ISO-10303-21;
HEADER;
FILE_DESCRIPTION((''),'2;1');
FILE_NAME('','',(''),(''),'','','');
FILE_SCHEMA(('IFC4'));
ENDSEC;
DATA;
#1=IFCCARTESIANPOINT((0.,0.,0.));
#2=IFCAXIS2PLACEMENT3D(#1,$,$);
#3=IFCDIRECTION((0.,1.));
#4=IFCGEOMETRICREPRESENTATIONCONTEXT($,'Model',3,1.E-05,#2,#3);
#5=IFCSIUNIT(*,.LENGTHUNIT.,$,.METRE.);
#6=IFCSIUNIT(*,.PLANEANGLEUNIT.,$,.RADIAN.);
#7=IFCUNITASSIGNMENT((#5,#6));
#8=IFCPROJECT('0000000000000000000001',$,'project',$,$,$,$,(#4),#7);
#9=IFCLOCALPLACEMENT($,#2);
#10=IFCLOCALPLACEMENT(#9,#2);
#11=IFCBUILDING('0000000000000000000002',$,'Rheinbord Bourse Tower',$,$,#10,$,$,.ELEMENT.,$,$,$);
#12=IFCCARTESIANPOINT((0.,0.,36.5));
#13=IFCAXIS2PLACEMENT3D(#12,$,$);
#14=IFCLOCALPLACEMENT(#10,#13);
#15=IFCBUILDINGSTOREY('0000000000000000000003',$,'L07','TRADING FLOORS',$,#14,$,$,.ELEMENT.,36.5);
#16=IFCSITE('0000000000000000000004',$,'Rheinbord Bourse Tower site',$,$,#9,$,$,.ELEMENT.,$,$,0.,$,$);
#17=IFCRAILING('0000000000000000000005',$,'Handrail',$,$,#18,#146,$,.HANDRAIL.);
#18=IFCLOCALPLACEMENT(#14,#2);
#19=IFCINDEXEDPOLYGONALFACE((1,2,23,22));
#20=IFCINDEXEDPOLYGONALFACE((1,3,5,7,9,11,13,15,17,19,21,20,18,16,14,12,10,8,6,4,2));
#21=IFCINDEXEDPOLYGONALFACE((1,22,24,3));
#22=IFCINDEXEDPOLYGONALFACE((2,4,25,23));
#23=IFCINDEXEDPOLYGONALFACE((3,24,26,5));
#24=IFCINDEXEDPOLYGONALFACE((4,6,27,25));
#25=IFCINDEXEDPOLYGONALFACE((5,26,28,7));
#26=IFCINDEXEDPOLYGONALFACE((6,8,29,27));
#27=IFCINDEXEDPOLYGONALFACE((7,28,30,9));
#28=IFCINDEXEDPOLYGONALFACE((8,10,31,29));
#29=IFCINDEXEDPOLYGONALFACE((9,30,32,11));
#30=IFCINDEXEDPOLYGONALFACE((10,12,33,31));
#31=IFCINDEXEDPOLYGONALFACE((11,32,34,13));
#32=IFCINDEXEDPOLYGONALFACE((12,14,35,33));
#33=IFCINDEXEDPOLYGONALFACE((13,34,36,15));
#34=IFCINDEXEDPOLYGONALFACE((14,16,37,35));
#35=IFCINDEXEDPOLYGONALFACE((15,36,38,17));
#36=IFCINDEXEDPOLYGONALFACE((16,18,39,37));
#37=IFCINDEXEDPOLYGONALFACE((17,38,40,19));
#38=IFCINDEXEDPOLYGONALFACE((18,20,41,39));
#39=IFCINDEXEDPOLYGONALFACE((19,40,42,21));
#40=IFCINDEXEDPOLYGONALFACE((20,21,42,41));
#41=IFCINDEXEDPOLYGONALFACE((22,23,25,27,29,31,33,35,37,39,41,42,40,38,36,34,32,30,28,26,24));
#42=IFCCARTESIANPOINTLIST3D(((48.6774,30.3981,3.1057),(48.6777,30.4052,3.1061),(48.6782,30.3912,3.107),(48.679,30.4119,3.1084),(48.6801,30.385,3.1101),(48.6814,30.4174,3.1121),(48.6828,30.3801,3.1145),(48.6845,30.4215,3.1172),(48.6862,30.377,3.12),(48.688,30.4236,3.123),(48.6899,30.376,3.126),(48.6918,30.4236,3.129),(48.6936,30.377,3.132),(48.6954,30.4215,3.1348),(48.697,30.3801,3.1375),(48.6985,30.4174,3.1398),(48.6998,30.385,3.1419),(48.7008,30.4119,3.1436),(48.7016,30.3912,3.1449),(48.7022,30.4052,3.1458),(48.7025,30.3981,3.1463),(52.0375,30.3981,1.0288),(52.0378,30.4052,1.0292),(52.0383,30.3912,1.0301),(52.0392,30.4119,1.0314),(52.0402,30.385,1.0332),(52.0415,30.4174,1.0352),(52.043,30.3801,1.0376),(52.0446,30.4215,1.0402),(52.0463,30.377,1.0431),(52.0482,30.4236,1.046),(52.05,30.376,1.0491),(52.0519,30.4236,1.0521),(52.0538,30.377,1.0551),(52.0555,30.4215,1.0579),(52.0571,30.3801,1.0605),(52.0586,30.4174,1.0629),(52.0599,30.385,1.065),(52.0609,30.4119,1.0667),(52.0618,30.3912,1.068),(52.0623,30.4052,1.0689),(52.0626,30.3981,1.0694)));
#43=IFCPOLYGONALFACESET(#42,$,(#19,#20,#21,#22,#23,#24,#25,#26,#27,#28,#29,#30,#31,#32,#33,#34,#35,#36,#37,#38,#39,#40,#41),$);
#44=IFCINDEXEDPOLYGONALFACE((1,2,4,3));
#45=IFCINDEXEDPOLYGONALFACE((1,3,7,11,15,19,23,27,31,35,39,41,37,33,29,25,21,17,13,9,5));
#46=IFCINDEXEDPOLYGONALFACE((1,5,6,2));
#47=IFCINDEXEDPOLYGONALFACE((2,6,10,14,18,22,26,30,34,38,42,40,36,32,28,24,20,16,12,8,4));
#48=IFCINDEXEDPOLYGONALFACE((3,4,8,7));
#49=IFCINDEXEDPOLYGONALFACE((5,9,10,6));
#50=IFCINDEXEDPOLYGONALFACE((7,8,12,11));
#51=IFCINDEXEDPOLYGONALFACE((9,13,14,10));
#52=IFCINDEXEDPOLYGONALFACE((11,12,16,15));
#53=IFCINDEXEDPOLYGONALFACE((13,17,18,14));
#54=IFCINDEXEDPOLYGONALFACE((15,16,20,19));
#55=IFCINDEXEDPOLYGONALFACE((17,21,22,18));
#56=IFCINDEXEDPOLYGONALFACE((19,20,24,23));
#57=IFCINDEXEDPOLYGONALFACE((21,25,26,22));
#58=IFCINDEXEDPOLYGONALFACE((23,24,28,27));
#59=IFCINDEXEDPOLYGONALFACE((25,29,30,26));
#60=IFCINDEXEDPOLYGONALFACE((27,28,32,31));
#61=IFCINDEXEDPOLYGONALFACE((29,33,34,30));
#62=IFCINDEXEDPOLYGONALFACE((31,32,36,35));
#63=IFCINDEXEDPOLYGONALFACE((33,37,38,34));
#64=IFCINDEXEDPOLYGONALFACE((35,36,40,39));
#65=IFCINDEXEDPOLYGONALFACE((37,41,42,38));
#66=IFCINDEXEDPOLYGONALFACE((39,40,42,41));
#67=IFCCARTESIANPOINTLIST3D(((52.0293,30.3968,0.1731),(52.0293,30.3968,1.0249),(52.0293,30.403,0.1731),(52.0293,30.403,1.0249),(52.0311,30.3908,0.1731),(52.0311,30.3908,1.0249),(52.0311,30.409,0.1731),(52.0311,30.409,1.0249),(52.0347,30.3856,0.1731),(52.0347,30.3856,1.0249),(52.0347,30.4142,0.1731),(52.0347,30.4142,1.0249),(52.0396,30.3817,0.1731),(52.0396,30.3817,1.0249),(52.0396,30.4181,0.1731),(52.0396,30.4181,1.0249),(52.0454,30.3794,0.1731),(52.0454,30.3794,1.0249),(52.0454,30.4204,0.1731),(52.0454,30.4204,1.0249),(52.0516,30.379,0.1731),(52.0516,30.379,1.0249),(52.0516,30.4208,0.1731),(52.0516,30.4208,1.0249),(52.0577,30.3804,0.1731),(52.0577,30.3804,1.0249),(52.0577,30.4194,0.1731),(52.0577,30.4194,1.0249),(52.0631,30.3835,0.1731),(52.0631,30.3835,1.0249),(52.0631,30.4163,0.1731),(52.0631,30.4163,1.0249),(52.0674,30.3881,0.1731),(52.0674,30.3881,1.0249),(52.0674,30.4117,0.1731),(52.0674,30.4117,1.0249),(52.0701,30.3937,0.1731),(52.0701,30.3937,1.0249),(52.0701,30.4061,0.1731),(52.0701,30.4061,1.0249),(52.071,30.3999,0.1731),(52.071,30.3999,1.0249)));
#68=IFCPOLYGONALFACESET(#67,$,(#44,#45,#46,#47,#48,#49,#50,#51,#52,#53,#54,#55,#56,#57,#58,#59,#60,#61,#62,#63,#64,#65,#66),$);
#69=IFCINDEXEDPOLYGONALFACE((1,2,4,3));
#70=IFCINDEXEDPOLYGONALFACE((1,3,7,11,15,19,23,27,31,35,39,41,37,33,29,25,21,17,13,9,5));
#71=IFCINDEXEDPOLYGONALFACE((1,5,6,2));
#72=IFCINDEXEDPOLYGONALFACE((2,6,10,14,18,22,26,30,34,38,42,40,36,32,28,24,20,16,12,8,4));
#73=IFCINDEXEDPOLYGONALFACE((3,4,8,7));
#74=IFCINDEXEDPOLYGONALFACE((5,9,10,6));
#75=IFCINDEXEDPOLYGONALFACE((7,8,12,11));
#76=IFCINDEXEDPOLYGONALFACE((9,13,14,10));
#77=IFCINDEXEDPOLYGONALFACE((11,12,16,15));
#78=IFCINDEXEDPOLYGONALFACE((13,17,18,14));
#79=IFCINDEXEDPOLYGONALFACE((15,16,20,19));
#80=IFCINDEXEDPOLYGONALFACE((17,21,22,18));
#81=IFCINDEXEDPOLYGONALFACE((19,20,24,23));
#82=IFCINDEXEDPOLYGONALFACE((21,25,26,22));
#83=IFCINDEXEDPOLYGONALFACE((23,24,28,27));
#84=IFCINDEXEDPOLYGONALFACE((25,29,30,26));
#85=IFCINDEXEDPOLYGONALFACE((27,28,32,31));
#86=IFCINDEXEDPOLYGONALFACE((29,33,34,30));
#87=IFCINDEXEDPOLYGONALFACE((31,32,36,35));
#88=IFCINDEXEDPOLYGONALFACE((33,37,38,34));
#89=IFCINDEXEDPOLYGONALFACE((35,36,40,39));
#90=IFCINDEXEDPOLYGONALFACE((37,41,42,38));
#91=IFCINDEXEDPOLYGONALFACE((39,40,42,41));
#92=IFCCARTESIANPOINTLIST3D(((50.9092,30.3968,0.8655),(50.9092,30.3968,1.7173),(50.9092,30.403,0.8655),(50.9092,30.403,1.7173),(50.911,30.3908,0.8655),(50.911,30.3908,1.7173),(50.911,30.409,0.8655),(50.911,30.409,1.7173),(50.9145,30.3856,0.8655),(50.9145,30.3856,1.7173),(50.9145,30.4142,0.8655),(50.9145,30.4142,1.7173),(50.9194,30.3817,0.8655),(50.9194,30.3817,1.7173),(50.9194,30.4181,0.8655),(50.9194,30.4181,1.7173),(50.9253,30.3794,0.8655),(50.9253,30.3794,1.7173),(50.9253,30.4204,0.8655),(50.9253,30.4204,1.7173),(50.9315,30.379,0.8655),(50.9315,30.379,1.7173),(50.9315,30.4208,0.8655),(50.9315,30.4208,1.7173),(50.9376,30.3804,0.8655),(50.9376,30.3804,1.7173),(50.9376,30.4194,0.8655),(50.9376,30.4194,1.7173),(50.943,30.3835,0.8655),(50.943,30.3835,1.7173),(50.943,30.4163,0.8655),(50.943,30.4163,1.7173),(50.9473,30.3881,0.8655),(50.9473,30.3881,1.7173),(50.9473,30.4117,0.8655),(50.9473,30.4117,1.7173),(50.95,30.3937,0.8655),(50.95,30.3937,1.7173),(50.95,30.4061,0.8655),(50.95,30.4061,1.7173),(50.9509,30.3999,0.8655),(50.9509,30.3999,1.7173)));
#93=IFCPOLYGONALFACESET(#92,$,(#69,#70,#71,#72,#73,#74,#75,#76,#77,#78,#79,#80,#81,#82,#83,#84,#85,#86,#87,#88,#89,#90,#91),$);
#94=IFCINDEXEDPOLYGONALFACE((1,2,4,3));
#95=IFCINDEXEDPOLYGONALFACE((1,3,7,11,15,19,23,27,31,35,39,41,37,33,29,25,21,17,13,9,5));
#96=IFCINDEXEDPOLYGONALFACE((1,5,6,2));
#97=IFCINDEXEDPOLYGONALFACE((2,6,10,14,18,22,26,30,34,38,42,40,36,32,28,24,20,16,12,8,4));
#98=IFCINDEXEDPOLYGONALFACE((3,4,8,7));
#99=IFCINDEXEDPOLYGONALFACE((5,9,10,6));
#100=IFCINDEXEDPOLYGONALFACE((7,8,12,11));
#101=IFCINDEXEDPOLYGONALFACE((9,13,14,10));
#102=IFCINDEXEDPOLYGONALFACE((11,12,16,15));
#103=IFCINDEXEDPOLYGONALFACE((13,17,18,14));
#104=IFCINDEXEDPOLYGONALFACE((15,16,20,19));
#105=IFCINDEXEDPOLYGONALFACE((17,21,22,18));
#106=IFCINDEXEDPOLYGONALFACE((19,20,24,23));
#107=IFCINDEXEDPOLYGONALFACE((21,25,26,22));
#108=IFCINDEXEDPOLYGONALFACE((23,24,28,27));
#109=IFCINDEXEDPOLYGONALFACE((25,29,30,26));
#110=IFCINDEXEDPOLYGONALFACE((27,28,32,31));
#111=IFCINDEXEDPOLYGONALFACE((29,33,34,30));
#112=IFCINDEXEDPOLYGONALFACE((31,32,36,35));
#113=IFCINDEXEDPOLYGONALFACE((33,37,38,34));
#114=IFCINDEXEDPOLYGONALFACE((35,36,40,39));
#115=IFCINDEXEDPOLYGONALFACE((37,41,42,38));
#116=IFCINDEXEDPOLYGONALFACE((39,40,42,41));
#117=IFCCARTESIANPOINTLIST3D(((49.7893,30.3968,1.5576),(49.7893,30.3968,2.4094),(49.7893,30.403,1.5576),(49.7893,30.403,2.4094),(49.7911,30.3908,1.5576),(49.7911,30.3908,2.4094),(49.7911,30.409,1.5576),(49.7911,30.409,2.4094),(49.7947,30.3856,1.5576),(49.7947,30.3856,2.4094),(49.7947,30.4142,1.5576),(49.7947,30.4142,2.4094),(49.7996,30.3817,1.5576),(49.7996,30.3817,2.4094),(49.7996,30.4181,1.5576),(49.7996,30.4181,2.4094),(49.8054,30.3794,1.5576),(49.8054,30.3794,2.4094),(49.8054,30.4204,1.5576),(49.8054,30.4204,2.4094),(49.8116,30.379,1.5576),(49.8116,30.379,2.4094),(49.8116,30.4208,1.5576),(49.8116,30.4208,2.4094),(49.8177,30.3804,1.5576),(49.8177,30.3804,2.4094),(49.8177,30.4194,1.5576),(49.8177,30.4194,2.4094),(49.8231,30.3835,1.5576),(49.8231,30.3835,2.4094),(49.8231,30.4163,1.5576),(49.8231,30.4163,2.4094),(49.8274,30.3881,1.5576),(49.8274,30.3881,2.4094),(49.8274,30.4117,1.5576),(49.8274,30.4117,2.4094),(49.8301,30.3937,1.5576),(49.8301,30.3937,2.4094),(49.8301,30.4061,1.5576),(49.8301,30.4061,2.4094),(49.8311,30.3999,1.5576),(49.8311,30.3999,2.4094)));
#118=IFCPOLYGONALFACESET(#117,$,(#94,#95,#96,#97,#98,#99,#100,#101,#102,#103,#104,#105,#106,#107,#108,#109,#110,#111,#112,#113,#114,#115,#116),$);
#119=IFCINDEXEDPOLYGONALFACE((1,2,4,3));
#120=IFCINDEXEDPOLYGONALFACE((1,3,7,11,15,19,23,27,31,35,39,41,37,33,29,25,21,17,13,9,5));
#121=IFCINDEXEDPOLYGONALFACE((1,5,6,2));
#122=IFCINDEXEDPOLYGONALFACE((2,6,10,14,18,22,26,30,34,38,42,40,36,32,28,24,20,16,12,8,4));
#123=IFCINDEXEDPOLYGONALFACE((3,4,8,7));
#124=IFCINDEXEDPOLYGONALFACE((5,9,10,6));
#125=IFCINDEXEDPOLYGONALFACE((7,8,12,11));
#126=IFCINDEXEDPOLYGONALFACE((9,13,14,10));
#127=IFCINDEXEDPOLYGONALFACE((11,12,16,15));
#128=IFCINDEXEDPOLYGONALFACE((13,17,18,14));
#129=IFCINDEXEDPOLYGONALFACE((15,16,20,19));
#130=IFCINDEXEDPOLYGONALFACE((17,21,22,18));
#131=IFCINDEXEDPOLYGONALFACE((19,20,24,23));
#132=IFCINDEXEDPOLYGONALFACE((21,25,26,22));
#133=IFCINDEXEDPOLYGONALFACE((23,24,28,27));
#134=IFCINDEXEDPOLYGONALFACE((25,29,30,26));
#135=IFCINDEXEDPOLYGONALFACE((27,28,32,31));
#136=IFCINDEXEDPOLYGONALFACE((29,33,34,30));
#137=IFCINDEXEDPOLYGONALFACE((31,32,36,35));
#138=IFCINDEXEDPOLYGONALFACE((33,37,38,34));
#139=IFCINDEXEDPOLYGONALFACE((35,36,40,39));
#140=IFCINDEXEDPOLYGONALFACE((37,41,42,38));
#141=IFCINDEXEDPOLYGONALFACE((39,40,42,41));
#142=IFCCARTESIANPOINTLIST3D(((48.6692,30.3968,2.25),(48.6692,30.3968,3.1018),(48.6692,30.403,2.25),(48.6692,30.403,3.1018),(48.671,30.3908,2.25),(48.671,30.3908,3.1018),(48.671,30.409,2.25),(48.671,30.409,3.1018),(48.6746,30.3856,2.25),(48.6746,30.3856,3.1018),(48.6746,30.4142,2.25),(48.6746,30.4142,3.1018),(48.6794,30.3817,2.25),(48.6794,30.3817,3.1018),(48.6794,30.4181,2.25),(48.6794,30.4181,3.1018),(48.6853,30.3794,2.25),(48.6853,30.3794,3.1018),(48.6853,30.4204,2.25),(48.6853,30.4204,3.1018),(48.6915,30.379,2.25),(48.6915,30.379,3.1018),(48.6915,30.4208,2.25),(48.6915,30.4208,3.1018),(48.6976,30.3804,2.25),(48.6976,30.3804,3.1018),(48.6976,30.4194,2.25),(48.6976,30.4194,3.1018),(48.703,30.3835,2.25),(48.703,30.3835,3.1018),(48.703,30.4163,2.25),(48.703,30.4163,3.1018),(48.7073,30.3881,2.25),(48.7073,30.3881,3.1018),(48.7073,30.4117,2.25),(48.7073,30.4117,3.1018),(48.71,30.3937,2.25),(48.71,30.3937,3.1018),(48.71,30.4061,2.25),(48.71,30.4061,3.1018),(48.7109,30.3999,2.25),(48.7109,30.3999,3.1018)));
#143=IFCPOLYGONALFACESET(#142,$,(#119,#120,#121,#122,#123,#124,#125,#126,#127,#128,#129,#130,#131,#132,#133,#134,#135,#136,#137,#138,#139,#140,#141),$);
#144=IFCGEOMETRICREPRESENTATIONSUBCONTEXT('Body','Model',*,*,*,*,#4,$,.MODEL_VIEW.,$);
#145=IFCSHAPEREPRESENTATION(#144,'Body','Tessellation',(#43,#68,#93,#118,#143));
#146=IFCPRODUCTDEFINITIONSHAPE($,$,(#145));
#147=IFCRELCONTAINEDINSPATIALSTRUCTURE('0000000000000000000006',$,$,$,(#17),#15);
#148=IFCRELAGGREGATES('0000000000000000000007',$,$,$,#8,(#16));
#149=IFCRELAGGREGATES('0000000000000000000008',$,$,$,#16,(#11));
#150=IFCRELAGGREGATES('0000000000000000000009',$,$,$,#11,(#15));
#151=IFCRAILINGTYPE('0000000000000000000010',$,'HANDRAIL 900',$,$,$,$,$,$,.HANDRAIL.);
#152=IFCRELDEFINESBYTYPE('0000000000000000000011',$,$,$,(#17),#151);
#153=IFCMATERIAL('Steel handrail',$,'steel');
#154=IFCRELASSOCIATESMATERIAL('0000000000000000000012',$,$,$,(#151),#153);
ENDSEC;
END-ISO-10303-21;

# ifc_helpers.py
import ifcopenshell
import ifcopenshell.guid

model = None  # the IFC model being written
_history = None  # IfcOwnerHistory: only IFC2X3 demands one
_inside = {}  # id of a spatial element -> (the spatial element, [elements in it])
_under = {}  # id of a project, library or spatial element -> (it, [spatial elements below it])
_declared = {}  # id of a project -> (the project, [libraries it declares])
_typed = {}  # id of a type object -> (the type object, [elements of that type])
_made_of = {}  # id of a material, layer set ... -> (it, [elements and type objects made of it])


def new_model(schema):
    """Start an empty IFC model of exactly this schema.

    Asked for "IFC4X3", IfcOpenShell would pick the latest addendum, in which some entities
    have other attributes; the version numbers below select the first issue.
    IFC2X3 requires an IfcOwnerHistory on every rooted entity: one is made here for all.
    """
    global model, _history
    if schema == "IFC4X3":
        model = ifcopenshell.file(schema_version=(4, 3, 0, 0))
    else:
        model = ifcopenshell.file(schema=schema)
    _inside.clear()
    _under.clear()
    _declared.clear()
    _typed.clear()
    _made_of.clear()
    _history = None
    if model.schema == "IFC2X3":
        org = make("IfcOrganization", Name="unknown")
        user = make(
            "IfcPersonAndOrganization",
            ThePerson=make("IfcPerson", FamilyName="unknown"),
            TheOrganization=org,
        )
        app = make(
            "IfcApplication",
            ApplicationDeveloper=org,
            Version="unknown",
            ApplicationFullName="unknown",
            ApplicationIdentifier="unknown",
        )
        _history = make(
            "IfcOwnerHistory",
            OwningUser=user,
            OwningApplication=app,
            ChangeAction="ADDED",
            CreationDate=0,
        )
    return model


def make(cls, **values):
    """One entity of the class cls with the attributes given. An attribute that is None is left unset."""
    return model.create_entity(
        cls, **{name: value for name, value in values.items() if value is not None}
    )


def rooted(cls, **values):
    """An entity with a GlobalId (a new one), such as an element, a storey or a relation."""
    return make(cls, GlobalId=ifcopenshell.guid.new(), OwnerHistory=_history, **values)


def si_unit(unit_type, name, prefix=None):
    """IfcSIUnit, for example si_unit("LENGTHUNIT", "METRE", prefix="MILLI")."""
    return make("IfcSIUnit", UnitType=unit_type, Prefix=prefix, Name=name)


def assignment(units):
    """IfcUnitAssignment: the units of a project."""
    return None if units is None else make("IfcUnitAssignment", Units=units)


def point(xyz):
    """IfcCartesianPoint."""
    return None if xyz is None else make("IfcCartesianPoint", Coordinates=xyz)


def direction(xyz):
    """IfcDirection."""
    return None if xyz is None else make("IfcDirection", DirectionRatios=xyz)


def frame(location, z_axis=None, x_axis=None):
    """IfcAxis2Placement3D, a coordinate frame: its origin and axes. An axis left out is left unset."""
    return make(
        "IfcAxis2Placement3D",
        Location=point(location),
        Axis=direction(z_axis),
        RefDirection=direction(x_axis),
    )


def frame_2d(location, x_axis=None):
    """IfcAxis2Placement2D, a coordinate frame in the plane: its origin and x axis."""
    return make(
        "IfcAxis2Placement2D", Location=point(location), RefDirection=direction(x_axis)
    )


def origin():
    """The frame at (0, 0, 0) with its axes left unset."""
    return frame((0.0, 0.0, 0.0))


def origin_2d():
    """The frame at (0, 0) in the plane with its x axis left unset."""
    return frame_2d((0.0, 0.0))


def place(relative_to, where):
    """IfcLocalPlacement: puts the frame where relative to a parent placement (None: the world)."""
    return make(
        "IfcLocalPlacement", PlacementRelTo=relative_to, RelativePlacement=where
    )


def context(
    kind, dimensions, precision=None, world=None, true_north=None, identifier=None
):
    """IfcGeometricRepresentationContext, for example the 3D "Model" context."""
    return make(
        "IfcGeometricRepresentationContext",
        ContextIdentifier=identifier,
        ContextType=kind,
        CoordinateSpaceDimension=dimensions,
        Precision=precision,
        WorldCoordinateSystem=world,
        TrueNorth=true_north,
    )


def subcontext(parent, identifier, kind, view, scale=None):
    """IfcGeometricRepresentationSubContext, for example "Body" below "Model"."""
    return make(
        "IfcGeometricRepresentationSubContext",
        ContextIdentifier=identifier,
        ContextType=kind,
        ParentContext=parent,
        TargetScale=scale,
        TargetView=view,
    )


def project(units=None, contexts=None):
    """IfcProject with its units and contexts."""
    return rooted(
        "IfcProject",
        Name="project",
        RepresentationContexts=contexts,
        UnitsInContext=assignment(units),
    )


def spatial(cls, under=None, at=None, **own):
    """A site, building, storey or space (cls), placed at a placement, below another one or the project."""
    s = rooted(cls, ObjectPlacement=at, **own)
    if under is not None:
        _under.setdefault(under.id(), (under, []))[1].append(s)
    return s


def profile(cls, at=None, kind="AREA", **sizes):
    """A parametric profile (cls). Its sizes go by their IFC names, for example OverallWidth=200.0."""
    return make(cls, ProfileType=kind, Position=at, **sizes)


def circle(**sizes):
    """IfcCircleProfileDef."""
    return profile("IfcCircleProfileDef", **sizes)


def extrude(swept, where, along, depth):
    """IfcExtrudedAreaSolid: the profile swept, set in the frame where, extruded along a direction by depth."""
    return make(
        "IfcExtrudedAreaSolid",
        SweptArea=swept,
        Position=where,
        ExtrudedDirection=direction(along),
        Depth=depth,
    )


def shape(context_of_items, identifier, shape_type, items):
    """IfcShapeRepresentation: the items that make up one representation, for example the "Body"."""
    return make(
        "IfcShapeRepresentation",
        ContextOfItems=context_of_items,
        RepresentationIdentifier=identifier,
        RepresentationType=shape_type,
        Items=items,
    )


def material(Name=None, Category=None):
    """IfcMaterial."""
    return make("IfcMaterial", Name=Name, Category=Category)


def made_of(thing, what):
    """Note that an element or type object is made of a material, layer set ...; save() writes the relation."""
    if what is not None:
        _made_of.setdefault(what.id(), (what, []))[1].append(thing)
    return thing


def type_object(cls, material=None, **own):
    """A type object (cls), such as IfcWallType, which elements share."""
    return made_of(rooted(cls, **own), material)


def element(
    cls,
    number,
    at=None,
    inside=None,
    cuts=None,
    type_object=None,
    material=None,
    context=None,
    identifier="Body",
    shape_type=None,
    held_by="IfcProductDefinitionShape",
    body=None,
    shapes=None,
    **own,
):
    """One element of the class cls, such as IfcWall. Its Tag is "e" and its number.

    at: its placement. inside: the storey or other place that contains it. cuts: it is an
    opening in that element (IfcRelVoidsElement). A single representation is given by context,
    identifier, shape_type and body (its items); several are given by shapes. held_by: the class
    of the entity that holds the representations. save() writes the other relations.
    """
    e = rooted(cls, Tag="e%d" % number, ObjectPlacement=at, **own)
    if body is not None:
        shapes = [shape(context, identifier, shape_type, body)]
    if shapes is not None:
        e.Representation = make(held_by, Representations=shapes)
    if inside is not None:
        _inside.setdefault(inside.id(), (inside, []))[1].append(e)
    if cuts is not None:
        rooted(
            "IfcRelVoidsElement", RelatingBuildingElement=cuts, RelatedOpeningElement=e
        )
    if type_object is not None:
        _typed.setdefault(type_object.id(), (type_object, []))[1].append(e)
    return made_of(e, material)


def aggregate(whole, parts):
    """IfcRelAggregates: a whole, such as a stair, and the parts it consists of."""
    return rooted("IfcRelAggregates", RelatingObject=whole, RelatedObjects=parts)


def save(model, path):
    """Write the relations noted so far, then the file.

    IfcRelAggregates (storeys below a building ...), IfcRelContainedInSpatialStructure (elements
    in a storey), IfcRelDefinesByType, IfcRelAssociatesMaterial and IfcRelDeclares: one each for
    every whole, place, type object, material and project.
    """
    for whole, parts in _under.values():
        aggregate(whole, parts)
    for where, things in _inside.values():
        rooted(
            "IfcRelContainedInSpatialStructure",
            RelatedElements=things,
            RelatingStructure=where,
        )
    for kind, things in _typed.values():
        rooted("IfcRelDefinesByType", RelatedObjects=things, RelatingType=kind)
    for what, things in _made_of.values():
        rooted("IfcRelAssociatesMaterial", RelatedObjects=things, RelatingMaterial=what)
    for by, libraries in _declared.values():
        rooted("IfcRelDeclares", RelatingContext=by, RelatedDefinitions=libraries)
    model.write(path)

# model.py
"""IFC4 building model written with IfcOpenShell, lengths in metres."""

from ifc_helpers import new_model, si_unit, direction, frame, origin, origin_2d, place, context, subcontext, project, spatial, circle, extrude, material, type_object, element, save


model = new_model("IFC4")

# Units and contexts
model_context = context("Model", 3, precision=1e-05, world=origin(), true_north=direction((0.0, 1.0)))
body_context = subcontext(model_context, "Body", "Model", "MODEL_VIEW")
ifc_project = project(units=[si_unit("LENGTHUNIT", "METRE"), si_unit("PLANEANGLEUNIT", "RADIAN")], contexts=[model_context])

# Site, building, storey
site_placement = place(None, origin())
site = spatial("IfcSite", under=ifc_project, at=site_placement, Name="Rheinbord Bourse Tower site", CompositionType="ELEMENT", RefElevation=0.0)
building_placement = place(site_placement, origin())
building = spatial("IfcBuilding", under=site, at=building_placement, Name="Rheinbord Bourse Tower", CompositionType="ELEMENT")
storey_placement = place(building_placement, frame((0.0, 0.0, 36.5)))
storey = spatial("IfcBuildingStorey", under=building, at=storey_placement, Name="L07", Description="TRADING FLOORS", CompositionType="ELEMENT", Elevation=36.5)

# Railing
ifc_material_1 = material(Name="Steel handrail", Category="steel")
railing_type = type_object("IfcRailingType", Name="HANDRAIL 900", PredefinedType="HANDRAIL", material=ifc_material_1)
railing_1_placement = place(storey_placement, frame((52.05, 30.3999, 0.1731)))
element("IfcRailing", 1, at=railing_1_placement, inside=storey, type_object=railing_type, Name="Handrail", PredefinedType="HANDRAIL", context=body_context, shape_type="SweptSolid", body=[
    extrude(circle(Radius=0.0239, at=origin_2d()), frame((0.0, 0.0, 0.876), z_axis=(-0.850623, 0.0, 0.525776), x_axis=(0.0, -1.0, 0.0)), (0.0, 0.0, 1.0), 3.9502),
    extrude(circle(Radius=0.021, at=origin_2d()), origin(), (0.0, 0.0, 1.0), 0.8518),
    extrude(circle(Radius=0.021, at=origin_2d()), frame((-1.1201, 0.0, 0.6924)), (0.0, 0.0, 1.0), 0.8518),
    extrude(circle(Radius=0.021, at=origin_2d()), frame((-2.24, 0.0, 1.3845)), (0.0, 0.0, 1.0), 0.8518),
    extrude(circle(Radius=0.021, at=origin_2d()), frame((-3.3601, 0.0, 2.0769)), (0.0, 0.0, 1.0), 0.8518),
])

save(model, "model.ifc")
